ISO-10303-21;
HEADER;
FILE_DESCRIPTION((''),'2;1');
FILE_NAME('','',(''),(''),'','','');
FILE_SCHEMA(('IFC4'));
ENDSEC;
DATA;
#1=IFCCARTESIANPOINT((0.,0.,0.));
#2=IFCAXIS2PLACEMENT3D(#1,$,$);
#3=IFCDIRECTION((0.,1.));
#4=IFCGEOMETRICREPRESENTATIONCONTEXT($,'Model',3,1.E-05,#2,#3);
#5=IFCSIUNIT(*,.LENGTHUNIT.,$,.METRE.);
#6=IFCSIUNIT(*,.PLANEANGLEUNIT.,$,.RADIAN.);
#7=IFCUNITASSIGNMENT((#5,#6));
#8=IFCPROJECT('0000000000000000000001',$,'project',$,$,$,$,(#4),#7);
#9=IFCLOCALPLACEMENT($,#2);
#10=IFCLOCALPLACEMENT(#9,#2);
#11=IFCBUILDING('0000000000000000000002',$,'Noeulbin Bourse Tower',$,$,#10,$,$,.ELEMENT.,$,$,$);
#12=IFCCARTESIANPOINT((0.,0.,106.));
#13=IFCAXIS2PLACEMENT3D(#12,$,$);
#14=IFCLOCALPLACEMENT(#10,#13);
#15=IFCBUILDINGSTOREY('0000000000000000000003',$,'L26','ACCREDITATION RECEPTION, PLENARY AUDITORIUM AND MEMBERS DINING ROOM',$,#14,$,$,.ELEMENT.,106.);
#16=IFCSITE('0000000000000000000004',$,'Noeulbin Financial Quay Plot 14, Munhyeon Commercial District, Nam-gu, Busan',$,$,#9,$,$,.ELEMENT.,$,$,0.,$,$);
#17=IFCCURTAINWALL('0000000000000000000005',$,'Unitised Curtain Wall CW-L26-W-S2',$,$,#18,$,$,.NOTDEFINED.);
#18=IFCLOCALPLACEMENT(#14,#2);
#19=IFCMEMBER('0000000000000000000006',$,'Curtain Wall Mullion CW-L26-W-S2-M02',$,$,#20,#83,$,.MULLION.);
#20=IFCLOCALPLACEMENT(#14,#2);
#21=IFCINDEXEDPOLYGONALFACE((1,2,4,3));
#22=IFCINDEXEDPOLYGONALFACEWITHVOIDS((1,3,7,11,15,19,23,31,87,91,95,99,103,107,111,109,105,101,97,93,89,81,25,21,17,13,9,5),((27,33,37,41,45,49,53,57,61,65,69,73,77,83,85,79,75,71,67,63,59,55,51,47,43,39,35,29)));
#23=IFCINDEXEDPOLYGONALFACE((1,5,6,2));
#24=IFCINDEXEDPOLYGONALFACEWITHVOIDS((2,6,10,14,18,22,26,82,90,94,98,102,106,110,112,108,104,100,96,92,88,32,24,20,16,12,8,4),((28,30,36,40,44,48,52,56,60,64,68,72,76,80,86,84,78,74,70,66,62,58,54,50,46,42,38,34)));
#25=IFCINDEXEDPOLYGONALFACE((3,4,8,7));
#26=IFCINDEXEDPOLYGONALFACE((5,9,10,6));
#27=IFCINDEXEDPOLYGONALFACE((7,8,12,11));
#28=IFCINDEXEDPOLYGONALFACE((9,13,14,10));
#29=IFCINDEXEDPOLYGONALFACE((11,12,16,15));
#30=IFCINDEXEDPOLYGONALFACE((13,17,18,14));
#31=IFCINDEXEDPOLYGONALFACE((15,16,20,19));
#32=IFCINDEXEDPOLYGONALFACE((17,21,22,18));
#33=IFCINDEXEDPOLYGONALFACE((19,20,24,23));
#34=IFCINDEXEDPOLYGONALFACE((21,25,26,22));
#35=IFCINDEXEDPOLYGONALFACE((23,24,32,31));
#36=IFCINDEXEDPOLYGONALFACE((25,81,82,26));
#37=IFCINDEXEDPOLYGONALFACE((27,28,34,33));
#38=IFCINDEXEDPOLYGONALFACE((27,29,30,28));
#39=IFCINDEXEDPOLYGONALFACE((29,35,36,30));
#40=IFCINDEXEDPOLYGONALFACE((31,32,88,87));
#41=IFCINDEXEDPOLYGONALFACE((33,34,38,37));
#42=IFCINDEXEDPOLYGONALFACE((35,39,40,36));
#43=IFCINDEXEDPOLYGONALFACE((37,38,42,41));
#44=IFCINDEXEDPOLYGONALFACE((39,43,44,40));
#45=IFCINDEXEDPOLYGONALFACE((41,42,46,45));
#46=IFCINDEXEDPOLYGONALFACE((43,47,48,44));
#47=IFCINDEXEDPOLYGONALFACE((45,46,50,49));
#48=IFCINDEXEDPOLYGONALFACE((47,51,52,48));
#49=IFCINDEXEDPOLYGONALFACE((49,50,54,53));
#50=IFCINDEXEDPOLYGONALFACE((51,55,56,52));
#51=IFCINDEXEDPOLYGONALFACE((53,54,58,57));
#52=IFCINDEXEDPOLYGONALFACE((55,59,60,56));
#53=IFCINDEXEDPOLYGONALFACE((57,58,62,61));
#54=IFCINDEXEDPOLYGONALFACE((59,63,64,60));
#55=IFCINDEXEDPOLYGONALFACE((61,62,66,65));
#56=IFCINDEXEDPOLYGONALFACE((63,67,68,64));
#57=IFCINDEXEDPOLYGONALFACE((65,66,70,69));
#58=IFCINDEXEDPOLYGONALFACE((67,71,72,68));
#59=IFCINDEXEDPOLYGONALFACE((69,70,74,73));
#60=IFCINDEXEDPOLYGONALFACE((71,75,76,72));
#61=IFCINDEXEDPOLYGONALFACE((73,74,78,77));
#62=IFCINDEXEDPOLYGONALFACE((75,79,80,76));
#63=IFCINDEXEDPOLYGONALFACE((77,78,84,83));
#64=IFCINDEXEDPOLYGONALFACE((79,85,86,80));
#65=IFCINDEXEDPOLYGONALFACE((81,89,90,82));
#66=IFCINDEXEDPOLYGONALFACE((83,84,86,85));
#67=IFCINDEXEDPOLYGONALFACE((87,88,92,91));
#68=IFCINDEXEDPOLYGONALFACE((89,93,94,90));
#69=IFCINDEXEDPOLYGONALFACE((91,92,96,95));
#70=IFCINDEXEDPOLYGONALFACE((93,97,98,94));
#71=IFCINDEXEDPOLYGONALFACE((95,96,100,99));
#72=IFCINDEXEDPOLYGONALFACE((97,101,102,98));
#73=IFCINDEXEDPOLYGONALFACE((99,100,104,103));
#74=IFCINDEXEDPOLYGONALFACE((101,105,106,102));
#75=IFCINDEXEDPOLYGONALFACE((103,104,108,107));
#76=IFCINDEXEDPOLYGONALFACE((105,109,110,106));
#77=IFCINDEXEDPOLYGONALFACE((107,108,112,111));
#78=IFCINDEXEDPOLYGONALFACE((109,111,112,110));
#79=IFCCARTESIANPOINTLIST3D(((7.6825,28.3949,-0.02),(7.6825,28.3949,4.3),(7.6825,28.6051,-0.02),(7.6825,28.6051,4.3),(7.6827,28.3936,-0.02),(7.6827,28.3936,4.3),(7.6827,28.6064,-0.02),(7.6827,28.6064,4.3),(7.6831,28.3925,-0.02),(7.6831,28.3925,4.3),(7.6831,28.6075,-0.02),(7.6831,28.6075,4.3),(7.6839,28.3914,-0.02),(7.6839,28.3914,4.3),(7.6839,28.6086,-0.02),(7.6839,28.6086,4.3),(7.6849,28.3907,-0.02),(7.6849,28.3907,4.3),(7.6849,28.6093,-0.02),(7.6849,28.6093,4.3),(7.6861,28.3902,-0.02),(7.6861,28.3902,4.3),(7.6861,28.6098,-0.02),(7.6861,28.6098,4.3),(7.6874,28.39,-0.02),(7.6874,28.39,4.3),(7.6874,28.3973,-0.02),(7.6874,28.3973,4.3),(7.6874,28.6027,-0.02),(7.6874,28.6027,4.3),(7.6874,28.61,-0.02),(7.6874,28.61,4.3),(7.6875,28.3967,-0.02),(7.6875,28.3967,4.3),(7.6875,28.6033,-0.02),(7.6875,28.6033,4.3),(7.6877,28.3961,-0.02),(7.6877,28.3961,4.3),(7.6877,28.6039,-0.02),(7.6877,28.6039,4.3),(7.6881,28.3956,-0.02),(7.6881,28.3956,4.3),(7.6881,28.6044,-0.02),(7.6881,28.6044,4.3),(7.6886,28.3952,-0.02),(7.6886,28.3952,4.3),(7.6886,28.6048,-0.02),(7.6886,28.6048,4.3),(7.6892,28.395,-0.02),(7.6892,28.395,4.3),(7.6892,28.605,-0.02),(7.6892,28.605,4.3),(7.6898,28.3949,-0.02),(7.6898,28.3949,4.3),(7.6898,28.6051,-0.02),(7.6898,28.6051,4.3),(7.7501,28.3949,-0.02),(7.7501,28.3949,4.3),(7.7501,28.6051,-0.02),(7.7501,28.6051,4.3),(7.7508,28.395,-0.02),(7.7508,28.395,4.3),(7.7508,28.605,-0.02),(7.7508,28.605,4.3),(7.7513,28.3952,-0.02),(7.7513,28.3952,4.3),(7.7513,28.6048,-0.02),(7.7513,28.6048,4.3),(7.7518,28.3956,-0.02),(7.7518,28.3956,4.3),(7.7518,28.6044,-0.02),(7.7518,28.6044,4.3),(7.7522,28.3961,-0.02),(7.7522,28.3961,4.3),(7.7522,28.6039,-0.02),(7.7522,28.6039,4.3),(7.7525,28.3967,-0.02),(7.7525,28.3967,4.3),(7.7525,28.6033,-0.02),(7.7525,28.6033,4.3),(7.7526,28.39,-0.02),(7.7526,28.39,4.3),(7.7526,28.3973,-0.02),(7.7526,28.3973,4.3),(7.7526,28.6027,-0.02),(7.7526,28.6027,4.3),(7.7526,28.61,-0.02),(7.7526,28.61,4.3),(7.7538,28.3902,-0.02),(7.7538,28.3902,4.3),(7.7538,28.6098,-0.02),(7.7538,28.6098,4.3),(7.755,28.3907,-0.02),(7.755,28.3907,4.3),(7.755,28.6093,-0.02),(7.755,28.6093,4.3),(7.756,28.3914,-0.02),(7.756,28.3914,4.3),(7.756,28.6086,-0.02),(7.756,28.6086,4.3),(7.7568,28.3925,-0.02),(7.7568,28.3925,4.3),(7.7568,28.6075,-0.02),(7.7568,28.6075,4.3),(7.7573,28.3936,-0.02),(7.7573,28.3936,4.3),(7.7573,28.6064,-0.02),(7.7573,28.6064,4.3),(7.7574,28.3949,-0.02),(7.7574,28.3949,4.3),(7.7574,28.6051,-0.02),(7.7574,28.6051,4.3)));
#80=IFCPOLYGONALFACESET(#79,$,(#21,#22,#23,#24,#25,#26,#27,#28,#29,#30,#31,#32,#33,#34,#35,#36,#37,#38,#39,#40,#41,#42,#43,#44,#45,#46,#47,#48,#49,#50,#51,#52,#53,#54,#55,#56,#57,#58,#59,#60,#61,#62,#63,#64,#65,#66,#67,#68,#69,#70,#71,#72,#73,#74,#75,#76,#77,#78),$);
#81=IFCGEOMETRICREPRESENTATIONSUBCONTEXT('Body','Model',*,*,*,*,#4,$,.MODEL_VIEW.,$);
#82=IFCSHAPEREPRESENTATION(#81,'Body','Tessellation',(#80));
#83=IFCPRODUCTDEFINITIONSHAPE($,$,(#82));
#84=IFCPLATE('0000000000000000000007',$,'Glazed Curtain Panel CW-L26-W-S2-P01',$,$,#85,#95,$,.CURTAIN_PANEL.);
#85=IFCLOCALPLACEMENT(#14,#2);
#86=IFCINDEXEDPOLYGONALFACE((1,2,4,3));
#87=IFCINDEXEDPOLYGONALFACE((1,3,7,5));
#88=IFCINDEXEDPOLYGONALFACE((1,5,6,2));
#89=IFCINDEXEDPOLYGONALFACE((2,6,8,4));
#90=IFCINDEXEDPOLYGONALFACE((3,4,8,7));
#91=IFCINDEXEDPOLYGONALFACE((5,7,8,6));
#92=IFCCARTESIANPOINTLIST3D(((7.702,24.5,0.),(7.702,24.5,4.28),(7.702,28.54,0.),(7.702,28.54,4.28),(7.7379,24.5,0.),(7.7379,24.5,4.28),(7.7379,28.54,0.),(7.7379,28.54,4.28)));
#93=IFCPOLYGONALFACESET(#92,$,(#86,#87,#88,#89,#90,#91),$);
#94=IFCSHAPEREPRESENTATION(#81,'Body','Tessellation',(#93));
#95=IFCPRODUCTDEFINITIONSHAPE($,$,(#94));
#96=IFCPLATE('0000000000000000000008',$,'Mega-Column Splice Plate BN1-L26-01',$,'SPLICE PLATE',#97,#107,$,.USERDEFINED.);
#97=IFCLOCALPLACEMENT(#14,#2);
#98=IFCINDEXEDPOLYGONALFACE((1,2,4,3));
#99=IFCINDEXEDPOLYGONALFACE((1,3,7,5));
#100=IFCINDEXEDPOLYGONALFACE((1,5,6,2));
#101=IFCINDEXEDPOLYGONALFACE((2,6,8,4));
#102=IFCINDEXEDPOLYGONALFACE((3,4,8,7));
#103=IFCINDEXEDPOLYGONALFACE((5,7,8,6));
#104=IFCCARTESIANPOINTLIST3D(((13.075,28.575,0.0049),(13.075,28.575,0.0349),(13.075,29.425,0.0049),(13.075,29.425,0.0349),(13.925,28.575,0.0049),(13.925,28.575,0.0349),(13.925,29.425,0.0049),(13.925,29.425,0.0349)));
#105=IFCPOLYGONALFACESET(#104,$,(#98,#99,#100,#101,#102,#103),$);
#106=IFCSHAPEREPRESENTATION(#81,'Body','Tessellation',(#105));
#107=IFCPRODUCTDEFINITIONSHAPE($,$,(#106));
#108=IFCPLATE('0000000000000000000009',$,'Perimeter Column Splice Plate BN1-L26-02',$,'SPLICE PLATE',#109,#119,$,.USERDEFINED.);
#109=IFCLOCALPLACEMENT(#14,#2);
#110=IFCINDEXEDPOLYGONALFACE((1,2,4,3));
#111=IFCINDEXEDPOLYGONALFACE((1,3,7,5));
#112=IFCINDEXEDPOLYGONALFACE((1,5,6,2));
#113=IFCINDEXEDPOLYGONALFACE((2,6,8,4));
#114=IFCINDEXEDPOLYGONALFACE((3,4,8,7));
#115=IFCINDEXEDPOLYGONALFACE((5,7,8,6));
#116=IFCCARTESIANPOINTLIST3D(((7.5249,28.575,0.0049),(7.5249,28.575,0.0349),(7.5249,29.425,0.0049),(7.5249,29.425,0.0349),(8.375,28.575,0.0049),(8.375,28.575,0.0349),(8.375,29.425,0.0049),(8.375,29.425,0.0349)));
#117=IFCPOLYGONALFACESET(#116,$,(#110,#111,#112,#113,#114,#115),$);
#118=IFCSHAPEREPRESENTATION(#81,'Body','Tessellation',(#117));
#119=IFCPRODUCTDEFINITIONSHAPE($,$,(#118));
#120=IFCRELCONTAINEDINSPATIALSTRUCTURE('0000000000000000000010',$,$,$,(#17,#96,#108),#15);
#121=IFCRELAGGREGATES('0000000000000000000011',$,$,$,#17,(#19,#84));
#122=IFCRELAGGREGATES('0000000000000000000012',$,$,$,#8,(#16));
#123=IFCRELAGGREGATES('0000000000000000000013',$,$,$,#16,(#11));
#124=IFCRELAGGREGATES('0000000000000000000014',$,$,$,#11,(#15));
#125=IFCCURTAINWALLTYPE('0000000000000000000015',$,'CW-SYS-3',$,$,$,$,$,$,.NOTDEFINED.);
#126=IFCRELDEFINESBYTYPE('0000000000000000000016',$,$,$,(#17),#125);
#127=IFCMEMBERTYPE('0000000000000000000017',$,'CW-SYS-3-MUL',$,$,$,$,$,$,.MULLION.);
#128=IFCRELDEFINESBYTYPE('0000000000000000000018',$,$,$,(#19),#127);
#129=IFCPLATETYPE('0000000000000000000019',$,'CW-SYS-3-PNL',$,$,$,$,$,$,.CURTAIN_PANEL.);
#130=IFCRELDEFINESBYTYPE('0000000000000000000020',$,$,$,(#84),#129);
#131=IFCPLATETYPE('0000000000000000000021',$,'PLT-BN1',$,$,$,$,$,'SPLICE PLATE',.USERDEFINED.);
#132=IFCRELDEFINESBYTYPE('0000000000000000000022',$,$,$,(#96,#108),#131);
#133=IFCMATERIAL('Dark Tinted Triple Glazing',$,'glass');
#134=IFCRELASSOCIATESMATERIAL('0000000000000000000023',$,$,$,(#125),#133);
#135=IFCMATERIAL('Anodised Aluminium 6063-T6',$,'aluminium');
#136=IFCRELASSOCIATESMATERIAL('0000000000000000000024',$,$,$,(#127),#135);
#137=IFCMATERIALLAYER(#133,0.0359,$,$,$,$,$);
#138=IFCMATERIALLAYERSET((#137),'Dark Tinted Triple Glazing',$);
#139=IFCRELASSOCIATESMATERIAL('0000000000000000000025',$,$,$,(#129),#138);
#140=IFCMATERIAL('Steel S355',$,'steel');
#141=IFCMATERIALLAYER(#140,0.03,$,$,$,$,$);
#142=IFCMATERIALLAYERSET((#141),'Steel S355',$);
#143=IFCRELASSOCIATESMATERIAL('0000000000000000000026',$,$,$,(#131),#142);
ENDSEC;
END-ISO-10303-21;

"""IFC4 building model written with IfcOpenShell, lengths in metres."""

from ifc_helpers import new_model, si_unit, direction, frame, origin, origin_2d, place, context, subcontext, project, spatial, rectangle, hollow_rectangle, extrude, material, layer, layer_set, material_profile, profile_set, type_object, element, aggregate, save


model = new_model("IFC4")

# Units and contexts
model_context = context("Model", 3, precision=1e-05, world=origin(), true_north=direction((0.0, 1.0)))
body_context = subcontext(model_context, "Body", "Model", "MODEL_VIEW")
ifc_project = project(units=[si_unit("LENGTHUNIT", "METRE"), si_unit("PLANEANGLEUNIT", "RADIAN")], contexts=[model_context])

# Site, building, storey
site_placement = place(None, origin())
site = spatial("IfcSite", under=ifc_project, at=site_placement, Name="Noeulbin Financial Quay Plot 14, Munhyeon Commercial District, Nam-gu, Busan", CompositionType="ELEMENT", RefElevation=0.0)
building_placement = place(site_placement, origin())
building = spatial("IfcBuilding", under=site, at=building_placement, Name="Noeulbin Bourse Tower", CompositionType="ELEMENT")
storey_placement = place(building_placement, frame((0.0, 0.0, 106.0)))
storey = spatial("IfcBuildingStorey", under=building, at=storey_placement, Name="L26", Description="ACCREDITATION RECEPTION, PLENARY AUDITORIUM AND MEMBERS DINING ROOM", CompositionType="ELEMENT", Elevation=106.0)

# Shared definitions
ifc_material_1 = material(Name="Steel S355", Category="steel")

# Curtain wall, member, plate
ifc_material_2 = material(Name="Dark Tinted Triple Glazing", Category="glass")
curtain_wall_type = type_object("IfcCurtainWallType", Name="CW-SYS-3", PredefinedType="NOTDEFINED", material=ifc_material_2)
curtain_wall_placement = place(storey_placement, origin())
curtain_wall = element("IfcCurtainWall", 1, at=curtain_wall_placement, inside=storey, type_object=curtain_wall_type, Name="Unitised Curtain Wall CW-L26-W-S2", PredefinedType="NOTDEFINED")
ifc_material_3 = material(Name="Anodised Aluminium 6063-T6", Category="aluminium")
ifc_material_profile_1 = material_profile(ifc_material_3, hollow_rectangle(XDim=0.075, YDim=0.22, WallThickness=0.0049, InnerFilletRadius=0.0024, OuterFilletRadius=0.0049, at=origin_2d()), Name="ALU-MULL-75x220x5", Category="LoadBearing")
ifc_profile_set_1 = profile_set([ifc_material_profile_1], Name="Anodised Aluminium 6063-T6")
member_type = type_object("IfcMemberType", Name="CW-SYS-3-MUL", PredefinedType="MULLION", material=ifc_profile_set_1)
member_placement = place(storey_placement, frame((7.72, 28.5, -0.02), z_axis=(0.0, 0.0, 1.0), x_axis=(1.0, 0.0, 0.0)))
member = element("IfcMember", 2, at=member_placement, type_object=member_type, Name="Curtain Wall Mullion CW-L26-W-S2-M02", PredefinedType="MULLION", context=body_context, shape_type="SweptSolid", body=[
    extrude(hollow_rectangle(XDim=0.075, YDim=0.22, WallThickness=0.0049, InnerFilletRadius=0.0024, OuterFilletRadius=0.0049, at=origin_2d()), origin(), (0.0, 0.0, 1.0), 4.3201),
])
ifc_layer_1 = layer(ifc_material_2, 0.0359)
ifc_layer_set_1 = layer_set([ifc_layer_1], Name="Dark Tinted Triple Glazing")
plate_type_1 = type_object("IfcPlateType", Name="CW-SYS-3-PNL", PredefinedType="CURTAIN_PANEL", material=ifc_layer_set_1)
plate_placement = place(storey_placement, frame((7.72, 26.52, 0.0), z_axis=(0.0, 0.0, 1.0), x_axis=(0.0, 1.0, 0.0)))
plate = element("IfcPlate", 3, at=plate_placement, type_object=plate_type_1, Name="Glazed Curtain Panel CW-L26-W-S2-P01", PredefinedType="CURTAIN_PANEL", context=body_context, shape_type="SweptSolid", body=[
    extrude(rectangle(XDim=4.04, YDim=0.0359, at=origin_2d()), origin(), (0.0, 0.0, 1.0), 4.28),
])
aggregate(curtain_wall, [member, plate])

# Plates
ifc_layer_2 = layer(ifc_material_1, 0.03)
ifc_layer_set_2 = layer_set([ifc_layer_2], Name="Steel S355")
plate_type_2 = type_object("IfcPlateType", Name="PLT-BN1", ElementType="SPLICE PLATE", PredefinedType="USERDEFINED", material=ifc_layer_set_2)
for number, where, z_axis, x_axis, name in (
    (4, (13.5, 29.0, 0.0049), (0.0, 0.0, 1.0), (1.0, 0.0, 0.0), "Mega-Column Splice Plate BN1-L26-01"),
    (5, (7.95, 29.0, 0.0049), (0.0, 0.0, 1.0), (1.0, 0.0, 0.0), "Perimeter Column Splice Plate BN1-L26-02"),
):
    element("IfcPlate", number, at=place(storey_placement, frame(where, z_axis=z_axis, x_axis=x_axis)), inside=storey, type_object=plate_type_2, Name=name, ObjectType="SPLICE PLATE", PredefinedType="USERDEFINED", context=body_context, shape_type="SweptSolid", body=[
        extrude(rectangle(XDim=0.8501, YDim=0.8501, at=origin_2d()), origin(), (0.0, 0.0, 1.0), 0.03),
    ])

save(model, "model.ifc")
